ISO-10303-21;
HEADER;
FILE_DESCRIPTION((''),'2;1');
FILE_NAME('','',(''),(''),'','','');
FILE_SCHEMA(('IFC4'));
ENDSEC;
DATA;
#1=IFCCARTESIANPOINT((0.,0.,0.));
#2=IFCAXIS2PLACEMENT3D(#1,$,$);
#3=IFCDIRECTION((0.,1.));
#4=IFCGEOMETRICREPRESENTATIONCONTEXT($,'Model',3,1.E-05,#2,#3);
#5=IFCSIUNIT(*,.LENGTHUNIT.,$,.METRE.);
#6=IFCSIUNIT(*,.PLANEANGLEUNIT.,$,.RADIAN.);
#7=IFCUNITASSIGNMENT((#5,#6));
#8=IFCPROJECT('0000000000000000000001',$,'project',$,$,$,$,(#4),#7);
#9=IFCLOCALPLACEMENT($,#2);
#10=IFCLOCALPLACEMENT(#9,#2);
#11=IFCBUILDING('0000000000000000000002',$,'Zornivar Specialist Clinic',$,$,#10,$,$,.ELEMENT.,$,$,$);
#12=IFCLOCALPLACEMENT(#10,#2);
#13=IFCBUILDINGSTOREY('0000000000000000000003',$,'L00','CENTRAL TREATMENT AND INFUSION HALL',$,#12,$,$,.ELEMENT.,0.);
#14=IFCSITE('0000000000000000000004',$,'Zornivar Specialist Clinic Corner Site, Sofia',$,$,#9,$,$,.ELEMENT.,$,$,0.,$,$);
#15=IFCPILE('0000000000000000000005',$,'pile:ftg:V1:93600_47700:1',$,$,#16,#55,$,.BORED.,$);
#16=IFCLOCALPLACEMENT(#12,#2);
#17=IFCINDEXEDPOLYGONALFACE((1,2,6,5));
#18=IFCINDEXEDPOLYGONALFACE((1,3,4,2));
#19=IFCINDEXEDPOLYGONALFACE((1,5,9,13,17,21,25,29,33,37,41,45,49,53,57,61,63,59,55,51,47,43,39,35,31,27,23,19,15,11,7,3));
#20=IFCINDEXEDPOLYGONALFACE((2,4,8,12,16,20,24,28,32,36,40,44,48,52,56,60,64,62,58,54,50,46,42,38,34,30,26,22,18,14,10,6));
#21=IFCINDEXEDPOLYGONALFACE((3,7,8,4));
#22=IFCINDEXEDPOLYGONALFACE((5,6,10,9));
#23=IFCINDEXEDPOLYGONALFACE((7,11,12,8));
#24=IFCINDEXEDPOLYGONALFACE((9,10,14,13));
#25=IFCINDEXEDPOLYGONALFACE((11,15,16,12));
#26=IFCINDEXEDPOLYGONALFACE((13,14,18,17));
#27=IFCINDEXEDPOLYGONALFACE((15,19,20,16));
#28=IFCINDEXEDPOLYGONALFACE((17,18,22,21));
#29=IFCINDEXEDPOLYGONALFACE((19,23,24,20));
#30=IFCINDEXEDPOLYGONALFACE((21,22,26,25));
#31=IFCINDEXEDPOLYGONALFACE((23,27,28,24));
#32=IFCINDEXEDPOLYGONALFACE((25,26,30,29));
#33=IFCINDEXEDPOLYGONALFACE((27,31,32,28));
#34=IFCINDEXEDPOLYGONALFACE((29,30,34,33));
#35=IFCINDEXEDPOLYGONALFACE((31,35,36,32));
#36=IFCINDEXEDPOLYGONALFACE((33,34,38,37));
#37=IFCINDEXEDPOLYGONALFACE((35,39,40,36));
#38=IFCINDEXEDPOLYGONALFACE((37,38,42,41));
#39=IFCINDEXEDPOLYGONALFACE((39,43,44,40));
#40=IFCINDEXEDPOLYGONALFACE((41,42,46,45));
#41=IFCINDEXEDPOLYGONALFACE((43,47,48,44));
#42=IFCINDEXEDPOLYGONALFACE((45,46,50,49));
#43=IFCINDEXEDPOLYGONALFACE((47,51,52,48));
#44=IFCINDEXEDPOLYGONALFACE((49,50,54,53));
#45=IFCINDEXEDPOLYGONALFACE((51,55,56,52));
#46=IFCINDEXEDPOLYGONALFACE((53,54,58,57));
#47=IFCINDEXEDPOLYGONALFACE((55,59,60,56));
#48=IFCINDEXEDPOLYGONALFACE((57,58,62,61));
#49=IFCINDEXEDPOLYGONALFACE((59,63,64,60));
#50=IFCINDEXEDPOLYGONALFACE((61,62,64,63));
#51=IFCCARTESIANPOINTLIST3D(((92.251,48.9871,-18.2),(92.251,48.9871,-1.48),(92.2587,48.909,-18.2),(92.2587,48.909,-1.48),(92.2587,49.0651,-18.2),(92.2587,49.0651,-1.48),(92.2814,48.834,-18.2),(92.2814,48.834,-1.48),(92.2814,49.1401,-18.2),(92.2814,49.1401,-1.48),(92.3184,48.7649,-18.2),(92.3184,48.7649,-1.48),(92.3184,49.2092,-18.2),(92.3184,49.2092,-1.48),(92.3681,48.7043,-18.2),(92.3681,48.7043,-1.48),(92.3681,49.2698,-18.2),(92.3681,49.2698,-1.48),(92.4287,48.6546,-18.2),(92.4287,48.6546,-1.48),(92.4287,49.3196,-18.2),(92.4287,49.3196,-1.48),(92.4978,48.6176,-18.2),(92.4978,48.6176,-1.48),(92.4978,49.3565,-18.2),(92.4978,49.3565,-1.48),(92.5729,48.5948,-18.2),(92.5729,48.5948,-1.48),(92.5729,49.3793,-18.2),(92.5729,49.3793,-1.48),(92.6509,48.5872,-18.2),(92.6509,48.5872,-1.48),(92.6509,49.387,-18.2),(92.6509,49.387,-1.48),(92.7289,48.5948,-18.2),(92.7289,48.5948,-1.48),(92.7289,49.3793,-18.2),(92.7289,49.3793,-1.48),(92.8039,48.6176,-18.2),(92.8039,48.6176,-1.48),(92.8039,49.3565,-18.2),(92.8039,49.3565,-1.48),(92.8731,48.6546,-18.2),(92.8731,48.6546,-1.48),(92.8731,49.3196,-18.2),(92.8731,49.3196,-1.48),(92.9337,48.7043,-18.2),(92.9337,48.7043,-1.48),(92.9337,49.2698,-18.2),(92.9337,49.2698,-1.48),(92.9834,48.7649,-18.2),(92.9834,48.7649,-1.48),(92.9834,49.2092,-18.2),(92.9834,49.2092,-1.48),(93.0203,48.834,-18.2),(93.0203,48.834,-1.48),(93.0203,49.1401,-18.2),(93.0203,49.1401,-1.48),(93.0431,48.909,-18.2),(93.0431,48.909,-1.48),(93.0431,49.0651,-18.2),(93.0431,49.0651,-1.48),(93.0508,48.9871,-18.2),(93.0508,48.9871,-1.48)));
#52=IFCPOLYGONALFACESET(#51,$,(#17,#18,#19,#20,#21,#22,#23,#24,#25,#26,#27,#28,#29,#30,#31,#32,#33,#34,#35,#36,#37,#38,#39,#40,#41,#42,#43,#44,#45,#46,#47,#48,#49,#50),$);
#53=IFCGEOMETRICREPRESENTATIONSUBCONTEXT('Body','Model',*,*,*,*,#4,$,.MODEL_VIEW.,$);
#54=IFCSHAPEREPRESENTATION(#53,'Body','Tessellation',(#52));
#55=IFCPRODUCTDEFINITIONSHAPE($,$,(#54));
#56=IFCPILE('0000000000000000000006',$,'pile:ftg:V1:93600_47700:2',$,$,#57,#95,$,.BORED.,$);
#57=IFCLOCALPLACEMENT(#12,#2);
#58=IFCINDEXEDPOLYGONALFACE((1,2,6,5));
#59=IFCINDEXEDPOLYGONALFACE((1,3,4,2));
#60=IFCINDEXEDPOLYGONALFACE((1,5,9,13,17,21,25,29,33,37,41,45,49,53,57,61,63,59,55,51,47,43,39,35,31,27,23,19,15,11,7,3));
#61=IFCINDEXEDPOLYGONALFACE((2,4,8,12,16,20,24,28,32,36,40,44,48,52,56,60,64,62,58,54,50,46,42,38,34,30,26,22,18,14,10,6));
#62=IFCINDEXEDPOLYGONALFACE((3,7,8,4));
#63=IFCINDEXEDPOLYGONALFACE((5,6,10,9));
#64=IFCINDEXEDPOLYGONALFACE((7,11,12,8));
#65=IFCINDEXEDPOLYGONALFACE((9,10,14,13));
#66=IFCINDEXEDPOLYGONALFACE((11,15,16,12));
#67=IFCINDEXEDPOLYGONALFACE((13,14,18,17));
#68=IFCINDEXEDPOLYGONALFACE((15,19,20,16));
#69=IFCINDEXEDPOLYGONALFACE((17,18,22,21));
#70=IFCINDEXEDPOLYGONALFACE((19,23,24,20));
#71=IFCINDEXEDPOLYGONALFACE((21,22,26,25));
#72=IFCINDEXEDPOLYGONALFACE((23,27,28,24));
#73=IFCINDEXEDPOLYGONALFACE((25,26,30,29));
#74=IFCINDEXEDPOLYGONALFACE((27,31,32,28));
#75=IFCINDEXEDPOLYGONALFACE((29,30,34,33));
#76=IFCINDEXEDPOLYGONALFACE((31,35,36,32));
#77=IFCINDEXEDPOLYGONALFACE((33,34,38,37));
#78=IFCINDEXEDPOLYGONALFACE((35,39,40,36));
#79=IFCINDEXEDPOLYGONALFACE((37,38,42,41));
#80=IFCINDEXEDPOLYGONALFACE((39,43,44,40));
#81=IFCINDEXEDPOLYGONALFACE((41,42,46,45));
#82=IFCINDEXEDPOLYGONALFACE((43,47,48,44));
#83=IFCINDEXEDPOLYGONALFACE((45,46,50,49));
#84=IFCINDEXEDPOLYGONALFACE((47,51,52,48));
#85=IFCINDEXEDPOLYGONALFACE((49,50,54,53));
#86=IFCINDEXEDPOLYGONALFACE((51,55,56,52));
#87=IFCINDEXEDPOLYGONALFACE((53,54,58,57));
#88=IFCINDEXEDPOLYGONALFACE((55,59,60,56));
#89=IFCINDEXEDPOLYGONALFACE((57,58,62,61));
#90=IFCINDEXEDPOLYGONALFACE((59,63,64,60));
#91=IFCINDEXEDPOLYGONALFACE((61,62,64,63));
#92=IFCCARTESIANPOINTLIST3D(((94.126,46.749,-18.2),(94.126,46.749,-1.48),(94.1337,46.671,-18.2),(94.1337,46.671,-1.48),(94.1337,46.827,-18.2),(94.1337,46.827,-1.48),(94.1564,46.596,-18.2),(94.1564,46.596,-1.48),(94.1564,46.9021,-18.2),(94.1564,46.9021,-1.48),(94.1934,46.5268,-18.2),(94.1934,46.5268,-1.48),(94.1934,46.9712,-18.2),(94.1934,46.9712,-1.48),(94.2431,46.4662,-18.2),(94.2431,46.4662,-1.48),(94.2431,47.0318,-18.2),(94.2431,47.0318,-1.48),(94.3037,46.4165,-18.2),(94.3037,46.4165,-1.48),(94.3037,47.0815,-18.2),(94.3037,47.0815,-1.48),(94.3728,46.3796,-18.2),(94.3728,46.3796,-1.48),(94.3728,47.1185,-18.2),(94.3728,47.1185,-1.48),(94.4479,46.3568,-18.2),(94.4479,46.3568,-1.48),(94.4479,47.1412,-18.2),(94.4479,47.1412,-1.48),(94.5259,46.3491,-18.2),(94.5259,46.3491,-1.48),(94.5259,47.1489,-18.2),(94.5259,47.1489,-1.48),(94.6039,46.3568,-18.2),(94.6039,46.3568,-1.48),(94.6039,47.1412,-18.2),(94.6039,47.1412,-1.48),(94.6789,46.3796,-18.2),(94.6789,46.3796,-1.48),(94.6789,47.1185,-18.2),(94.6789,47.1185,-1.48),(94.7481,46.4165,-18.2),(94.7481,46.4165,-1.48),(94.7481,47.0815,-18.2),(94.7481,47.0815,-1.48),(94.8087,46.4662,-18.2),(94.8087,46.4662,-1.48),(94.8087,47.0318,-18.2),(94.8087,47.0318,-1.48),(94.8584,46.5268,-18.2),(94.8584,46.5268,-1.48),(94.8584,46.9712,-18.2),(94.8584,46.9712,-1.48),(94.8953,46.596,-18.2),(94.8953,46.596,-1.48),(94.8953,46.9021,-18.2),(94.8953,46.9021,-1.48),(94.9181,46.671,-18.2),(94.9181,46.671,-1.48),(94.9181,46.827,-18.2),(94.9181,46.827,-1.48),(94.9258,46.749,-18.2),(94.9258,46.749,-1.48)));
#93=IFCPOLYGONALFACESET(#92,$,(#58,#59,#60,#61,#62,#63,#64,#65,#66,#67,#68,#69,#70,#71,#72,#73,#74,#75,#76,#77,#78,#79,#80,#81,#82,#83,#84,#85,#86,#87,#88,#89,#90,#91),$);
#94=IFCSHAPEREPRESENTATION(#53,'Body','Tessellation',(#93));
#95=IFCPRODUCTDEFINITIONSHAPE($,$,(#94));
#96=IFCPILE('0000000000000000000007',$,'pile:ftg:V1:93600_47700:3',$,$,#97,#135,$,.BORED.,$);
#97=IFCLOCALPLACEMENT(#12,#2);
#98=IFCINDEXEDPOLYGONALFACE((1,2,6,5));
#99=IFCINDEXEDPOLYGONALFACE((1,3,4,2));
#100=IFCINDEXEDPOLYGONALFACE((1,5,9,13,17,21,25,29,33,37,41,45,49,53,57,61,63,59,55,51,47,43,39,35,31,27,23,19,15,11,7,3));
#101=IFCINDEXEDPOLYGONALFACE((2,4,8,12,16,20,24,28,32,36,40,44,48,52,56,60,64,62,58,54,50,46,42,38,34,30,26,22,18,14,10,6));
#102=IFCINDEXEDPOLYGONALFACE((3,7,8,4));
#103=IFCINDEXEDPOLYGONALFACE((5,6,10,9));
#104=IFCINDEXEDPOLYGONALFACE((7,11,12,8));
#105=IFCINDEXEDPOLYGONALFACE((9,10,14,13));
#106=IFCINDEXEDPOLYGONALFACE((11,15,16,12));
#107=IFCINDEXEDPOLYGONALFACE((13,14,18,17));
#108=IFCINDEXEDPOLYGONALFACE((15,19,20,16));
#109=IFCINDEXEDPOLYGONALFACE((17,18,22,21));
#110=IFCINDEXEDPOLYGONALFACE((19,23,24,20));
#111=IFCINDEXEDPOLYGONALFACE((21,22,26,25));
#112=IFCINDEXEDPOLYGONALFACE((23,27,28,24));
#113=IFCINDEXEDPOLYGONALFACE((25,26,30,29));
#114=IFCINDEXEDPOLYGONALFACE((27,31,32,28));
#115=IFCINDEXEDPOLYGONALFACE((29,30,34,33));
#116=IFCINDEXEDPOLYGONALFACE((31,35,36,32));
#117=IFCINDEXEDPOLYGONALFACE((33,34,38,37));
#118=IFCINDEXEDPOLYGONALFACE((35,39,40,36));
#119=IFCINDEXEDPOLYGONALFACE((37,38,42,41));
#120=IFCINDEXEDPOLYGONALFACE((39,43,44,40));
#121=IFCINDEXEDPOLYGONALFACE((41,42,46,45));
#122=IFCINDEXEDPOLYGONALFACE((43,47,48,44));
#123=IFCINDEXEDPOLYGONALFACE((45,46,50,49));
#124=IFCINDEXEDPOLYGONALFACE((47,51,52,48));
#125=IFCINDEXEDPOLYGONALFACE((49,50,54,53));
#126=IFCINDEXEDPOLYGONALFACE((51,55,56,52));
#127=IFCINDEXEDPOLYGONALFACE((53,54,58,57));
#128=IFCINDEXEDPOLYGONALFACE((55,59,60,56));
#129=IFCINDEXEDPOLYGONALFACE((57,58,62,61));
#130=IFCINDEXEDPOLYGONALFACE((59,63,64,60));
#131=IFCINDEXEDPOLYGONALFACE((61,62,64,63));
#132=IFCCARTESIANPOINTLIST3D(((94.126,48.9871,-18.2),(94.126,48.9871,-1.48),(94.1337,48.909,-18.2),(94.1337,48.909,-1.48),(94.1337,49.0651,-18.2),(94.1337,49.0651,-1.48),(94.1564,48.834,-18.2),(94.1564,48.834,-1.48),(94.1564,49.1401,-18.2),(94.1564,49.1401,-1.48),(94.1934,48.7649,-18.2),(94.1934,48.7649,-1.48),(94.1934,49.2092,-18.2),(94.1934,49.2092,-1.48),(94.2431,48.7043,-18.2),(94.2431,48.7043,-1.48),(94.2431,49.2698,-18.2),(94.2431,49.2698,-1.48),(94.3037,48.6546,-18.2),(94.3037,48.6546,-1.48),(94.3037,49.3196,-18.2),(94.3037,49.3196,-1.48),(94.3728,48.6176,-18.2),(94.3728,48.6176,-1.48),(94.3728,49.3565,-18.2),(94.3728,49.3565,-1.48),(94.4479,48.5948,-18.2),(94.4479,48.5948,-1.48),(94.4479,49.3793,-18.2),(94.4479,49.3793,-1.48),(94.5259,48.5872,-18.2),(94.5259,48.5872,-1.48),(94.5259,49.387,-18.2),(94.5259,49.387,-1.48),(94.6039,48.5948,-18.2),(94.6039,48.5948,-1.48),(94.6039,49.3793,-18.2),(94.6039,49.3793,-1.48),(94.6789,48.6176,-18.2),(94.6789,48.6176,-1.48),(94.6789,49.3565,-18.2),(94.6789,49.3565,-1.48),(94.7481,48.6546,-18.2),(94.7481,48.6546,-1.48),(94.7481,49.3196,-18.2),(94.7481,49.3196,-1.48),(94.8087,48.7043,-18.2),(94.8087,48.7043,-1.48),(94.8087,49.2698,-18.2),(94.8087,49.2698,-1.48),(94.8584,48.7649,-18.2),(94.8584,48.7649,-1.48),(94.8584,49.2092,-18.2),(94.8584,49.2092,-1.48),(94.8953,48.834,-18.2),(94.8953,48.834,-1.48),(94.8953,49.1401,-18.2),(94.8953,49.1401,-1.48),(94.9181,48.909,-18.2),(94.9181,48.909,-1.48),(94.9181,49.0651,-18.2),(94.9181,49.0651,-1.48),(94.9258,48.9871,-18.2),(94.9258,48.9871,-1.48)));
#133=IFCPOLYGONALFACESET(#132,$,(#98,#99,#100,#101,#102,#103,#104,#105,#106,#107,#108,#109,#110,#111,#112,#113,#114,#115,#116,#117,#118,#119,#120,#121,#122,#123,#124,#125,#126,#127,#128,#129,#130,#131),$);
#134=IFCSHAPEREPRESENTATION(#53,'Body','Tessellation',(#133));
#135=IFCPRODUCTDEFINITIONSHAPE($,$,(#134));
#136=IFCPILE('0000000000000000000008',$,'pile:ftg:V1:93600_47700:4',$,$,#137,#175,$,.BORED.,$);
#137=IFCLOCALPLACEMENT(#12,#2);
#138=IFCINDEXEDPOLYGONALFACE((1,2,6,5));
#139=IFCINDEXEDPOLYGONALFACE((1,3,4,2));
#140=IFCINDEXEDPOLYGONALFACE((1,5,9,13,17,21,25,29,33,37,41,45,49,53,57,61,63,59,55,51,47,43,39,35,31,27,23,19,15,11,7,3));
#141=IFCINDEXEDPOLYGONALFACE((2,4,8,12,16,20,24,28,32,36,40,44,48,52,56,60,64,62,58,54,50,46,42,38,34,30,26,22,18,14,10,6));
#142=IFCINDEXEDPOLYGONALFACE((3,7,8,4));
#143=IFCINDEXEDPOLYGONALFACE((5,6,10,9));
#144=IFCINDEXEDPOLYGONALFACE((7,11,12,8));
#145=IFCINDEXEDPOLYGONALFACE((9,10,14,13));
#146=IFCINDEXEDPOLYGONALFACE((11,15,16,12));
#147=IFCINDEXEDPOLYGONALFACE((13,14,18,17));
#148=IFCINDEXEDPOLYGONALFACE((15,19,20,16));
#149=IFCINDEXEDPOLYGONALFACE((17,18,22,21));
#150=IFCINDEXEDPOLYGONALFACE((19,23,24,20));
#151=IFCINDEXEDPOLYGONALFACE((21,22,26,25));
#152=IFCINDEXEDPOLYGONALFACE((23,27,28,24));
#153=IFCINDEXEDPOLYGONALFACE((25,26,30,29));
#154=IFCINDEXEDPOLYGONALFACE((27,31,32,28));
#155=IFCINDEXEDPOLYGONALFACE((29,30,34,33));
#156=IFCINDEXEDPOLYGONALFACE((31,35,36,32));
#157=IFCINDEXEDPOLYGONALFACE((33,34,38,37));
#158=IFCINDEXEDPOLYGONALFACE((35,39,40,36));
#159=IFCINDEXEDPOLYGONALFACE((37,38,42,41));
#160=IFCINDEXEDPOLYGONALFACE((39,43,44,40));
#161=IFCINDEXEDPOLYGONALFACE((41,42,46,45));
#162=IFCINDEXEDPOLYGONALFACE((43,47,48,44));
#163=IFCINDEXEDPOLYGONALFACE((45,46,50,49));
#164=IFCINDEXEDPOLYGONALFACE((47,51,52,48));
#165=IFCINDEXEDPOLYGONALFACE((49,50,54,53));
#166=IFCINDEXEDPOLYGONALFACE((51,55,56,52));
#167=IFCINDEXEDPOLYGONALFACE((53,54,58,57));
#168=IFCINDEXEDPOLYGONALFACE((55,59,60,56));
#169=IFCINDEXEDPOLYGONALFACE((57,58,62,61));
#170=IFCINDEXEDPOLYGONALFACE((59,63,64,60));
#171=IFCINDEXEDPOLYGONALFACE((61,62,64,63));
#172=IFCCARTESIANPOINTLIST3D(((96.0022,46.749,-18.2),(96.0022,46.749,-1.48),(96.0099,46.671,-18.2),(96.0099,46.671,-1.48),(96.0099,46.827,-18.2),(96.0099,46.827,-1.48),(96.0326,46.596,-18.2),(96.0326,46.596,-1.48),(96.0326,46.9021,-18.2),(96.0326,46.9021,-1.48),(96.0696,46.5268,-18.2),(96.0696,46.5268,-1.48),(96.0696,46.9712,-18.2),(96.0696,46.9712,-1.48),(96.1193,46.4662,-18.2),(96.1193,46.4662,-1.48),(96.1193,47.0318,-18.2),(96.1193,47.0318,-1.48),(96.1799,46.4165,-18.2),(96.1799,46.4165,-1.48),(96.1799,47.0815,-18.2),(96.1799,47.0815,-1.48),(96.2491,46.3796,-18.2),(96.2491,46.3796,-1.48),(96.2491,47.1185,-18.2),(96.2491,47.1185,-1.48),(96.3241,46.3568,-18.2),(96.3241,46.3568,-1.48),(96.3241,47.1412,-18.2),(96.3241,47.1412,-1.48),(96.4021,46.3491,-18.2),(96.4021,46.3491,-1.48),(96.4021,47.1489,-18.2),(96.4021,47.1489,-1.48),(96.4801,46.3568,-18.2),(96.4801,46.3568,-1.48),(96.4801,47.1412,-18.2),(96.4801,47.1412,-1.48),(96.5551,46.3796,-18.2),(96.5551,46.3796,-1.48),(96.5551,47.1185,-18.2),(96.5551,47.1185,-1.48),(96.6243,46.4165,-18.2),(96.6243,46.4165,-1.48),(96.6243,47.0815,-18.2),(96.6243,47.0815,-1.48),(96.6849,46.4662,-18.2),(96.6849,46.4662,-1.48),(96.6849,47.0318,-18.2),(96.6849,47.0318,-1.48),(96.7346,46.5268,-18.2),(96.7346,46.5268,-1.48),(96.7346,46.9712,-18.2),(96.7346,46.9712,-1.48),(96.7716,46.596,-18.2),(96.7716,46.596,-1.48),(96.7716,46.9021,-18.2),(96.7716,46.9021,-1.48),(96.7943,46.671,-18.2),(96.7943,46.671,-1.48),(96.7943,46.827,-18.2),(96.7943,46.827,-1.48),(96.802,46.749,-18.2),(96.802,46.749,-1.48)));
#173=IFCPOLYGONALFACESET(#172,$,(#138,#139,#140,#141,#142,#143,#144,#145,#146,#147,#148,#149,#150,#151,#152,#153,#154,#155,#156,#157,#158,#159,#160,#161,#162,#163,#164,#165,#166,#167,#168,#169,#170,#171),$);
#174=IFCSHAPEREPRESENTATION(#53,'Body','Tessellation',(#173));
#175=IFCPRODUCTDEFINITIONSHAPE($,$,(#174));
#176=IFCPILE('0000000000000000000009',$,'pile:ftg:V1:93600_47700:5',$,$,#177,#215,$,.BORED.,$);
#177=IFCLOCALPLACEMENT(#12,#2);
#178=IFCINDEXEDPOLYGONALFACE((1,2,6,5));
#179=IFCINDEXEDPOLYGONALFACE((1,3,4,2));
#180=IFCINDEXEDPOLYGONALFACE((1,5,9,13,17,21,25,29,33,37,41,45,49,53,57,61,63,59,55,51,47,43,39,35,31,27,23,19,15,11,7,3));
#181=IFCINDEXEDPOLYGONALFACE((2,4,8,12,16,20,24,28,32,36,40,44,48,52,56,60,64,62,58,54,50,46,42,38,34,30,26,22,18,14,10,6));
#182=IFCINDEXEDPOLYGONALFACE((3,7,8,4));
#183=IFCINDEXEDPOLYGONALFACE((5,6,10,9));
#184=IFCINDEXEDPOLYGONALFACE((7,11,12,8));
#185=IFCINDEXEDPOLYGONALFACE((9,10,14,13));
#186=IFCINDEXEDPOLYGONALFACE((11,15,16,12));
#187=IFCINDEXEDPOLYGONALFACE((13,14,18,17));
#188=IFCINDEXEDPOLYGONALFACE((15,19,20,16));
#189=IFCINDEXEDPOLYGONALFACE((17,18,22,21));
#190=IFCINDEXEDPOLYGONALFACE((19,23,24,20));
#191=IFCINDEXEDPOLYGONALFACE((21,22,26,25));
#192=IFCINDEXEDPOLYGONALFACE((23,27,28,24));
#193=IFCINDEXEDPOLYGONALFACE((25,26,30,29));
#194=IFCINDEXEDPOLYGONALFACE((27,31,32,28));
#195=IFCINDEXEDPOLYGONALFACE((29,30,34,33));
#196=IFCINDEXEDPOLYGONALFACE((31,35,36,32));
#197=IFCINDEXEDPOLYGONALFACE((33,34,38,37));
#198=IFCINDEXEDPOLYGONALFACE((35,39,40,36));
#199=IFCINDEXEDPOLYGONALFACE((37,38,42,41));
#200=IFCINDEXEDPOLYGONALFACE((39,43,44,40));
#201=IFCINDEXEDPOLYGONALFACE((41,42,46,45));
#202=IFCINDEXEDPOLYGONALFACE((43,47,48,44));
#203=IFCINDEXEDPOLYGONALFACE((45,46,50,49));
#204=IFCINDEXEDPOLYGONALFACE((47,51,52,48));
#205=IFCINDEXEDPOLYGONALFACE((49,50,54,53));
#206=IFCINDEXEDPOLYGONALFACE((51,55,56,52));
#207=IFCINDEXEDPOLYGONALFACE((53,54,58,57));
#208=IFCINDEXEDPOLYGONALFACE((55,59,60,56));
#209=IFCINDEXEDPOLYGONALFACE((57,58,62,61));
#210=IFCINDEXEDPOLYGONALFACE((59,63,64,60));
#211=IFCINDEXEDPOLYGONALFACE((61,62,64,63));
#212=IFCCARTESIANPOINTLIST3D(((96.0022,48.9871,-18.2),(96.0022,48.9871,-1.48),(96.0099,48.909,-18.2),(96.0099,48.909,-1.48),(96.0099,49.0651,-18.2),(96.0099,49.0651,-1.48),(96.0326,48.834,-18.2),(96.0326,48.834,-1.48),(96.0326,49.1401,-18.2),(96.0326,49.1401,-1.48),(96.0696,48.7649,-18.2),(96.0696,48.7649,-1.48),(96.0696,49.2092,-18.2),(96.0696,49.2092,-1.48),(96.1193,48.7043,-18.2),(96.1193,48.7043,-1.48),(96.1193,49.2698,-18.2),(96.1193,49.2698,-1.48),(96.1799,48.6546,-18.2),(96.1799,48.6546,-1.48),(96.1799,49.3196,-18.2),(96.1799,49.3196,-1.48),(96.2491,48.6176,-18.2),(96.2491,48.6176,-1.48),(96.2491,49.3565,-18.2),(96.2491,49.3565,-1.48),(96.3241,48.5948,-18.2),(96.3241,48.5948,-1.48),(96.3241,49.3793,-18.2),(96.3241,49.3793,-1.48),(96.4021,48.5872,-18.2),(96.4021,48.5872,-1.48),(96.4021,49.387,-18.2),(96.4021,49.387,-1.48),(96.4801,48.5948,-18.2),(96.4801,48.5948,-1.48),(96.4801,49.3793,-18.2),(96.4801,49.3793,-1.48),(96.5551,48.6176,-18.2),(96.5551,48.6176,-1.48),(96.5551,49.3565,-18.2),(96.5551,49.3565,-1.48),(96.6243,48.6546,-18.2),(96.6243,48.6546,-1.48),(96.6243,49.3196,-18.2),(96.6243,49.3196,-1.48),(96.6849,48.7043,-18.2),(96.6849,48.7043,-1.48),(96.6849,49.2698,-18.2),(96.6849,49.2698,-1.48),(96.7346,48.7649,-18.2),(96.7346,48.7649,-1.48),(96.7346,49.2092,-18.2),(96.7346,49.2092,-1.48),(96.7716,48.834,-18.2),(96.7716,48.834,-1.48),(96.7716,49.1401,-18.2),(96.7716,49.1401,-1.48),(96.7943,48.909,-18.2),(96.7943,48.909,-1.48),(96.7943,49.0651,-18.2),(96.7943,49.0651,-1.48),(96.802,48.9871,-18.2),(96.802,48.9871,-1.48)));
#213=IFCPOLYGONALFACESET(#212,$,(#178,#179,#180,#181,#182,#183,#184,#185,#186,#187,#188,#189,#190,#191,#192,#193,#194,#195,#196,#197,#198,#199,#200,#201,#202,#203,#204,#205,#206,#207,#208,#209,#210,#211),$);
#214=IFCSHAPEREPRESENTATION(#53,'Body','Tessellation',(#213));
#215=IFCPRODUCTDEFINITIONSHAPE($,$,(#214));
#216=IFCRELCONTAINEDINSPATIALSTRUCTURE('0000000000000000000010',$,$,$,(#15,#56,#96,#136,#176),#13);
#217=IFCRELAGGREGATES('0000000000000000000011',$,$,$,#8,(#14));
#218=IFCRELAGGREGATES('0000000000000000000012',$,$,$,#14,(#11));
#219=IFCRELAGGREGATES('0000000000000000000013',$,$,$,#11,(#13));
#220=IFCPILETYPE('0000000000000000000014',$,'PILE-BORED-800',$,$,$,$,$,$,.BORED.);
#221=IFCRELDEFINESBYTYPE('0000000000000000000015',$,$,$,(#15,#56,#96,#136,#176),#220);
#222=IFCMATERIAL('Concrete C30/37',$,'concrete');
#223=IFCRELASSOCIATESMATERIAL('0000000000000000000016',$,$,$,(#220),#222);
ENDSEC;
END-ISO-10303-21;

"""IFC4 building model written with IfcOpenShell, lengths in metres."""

from ifc_helpers import new_model, si_unit, direction, frame, origin, origin_2d, place, context, subcontext, project, spatial, circle, extrude, material, material_profile, profile_set, type_object, element, save


model = new_model("IFC4")

# Units and contexts
model_context = context("Model", 3, precision=1e-05, world=origin(), true_north=direction((0.0, 1.0)))
body_context = subcontext(model_context, "Body", "Model", "MODEL_VIEW")
ifc_project = project(units=[si_unit("LENGTHUNIT", "METRE"), si_unit("PLANEANGLEUNIT", "RADIAN")], contexts=[model_context])

# Site, building, storey
site_placement = place(None, origin())
site = spatial("IfcSite", under=ifc_project, at=site_placement, Name="Zornivar Specialist Clinic Corner Site, Sofia", CompositionType="ELEMENT", RefElevation=0.0)
building_placement = place(site_placement, origin())
building = spatial("IfcBuilding", under=site, at=building_placement, Name="Zornivar Specialist Clinic", CompositionType="ELEMENT")
storey_placement = place(building_placement, origin())
storey = spatial("IfcBuildingStorey", under=building, at=storey_placement, Name="L00", Description="CENTRAL TREATMENT AND INFUSION HALL", CompositionType="ELEMENT", Elevation=0.0)

# Piles
ifc_material_1 = material(Name="Concrete C30/37", Category="concrete")
ifc_material_profile_1 = material_profile(ifc_material_1, circle(Radius=0.3999, at=origin_2d()), Name="PILE D800")
ifc_profile_set_1 = profile_set([ifc_material_profile_1], Name="Concrete C30/37")
pile_type = type_object("IfcPileType", Name="PILE-BORED-800", PredefinedType="BORED", material=ifc_profile_set_1)
for number, where, z_axis, x_axis, name in (
    (1, (92.6509, 48.9871, -1.48), (0.0, 0.0, -1.0), (1.0, 0.0, 0.0), "pile:ftg:V1:93600_47700:1"),
    (2, (94.5259, 46.749, -1.48), (0.0, 0.0, -1.0), (1.0, 0.0, 0.0), "pile:ftg:V1:93600_47700:2"),
    (3, (94.5259, 48.9871, -1.48), (0.0, 0.0, -1.0), (1.0, 0.0, 0.0), "pile:ftg:V1:93600_47700:3"),
    (4, (96.4021, 46.749, -1.48), (0.0, 0.0, -1.0), (1.0, 0.0, 0.0), "pile:ftg:V1:93600_47700:4"),
    (5, (96.4021, 48.9871, -1.48), (0.0, 0.0, -1.0), (1.0, 0.0, 0.0), "pile:ftg:V1:93600_47700:5"),
):
    element("IfcPile", number, at=place(storey_placement, frame(where, z_axis=z_axis, x_axis=x_axis)), inside=storey, type_object=pile_type, Name=name, PredefinedType="BORED", context=body_context, shape_type="SweptSolid", body=[
        extrude(circle(Radius=0.3999, at=origin_2d()), origin(), (0.0, 0.0, 1.0), 16.72),
    ])

save(model, "model.ifc")
